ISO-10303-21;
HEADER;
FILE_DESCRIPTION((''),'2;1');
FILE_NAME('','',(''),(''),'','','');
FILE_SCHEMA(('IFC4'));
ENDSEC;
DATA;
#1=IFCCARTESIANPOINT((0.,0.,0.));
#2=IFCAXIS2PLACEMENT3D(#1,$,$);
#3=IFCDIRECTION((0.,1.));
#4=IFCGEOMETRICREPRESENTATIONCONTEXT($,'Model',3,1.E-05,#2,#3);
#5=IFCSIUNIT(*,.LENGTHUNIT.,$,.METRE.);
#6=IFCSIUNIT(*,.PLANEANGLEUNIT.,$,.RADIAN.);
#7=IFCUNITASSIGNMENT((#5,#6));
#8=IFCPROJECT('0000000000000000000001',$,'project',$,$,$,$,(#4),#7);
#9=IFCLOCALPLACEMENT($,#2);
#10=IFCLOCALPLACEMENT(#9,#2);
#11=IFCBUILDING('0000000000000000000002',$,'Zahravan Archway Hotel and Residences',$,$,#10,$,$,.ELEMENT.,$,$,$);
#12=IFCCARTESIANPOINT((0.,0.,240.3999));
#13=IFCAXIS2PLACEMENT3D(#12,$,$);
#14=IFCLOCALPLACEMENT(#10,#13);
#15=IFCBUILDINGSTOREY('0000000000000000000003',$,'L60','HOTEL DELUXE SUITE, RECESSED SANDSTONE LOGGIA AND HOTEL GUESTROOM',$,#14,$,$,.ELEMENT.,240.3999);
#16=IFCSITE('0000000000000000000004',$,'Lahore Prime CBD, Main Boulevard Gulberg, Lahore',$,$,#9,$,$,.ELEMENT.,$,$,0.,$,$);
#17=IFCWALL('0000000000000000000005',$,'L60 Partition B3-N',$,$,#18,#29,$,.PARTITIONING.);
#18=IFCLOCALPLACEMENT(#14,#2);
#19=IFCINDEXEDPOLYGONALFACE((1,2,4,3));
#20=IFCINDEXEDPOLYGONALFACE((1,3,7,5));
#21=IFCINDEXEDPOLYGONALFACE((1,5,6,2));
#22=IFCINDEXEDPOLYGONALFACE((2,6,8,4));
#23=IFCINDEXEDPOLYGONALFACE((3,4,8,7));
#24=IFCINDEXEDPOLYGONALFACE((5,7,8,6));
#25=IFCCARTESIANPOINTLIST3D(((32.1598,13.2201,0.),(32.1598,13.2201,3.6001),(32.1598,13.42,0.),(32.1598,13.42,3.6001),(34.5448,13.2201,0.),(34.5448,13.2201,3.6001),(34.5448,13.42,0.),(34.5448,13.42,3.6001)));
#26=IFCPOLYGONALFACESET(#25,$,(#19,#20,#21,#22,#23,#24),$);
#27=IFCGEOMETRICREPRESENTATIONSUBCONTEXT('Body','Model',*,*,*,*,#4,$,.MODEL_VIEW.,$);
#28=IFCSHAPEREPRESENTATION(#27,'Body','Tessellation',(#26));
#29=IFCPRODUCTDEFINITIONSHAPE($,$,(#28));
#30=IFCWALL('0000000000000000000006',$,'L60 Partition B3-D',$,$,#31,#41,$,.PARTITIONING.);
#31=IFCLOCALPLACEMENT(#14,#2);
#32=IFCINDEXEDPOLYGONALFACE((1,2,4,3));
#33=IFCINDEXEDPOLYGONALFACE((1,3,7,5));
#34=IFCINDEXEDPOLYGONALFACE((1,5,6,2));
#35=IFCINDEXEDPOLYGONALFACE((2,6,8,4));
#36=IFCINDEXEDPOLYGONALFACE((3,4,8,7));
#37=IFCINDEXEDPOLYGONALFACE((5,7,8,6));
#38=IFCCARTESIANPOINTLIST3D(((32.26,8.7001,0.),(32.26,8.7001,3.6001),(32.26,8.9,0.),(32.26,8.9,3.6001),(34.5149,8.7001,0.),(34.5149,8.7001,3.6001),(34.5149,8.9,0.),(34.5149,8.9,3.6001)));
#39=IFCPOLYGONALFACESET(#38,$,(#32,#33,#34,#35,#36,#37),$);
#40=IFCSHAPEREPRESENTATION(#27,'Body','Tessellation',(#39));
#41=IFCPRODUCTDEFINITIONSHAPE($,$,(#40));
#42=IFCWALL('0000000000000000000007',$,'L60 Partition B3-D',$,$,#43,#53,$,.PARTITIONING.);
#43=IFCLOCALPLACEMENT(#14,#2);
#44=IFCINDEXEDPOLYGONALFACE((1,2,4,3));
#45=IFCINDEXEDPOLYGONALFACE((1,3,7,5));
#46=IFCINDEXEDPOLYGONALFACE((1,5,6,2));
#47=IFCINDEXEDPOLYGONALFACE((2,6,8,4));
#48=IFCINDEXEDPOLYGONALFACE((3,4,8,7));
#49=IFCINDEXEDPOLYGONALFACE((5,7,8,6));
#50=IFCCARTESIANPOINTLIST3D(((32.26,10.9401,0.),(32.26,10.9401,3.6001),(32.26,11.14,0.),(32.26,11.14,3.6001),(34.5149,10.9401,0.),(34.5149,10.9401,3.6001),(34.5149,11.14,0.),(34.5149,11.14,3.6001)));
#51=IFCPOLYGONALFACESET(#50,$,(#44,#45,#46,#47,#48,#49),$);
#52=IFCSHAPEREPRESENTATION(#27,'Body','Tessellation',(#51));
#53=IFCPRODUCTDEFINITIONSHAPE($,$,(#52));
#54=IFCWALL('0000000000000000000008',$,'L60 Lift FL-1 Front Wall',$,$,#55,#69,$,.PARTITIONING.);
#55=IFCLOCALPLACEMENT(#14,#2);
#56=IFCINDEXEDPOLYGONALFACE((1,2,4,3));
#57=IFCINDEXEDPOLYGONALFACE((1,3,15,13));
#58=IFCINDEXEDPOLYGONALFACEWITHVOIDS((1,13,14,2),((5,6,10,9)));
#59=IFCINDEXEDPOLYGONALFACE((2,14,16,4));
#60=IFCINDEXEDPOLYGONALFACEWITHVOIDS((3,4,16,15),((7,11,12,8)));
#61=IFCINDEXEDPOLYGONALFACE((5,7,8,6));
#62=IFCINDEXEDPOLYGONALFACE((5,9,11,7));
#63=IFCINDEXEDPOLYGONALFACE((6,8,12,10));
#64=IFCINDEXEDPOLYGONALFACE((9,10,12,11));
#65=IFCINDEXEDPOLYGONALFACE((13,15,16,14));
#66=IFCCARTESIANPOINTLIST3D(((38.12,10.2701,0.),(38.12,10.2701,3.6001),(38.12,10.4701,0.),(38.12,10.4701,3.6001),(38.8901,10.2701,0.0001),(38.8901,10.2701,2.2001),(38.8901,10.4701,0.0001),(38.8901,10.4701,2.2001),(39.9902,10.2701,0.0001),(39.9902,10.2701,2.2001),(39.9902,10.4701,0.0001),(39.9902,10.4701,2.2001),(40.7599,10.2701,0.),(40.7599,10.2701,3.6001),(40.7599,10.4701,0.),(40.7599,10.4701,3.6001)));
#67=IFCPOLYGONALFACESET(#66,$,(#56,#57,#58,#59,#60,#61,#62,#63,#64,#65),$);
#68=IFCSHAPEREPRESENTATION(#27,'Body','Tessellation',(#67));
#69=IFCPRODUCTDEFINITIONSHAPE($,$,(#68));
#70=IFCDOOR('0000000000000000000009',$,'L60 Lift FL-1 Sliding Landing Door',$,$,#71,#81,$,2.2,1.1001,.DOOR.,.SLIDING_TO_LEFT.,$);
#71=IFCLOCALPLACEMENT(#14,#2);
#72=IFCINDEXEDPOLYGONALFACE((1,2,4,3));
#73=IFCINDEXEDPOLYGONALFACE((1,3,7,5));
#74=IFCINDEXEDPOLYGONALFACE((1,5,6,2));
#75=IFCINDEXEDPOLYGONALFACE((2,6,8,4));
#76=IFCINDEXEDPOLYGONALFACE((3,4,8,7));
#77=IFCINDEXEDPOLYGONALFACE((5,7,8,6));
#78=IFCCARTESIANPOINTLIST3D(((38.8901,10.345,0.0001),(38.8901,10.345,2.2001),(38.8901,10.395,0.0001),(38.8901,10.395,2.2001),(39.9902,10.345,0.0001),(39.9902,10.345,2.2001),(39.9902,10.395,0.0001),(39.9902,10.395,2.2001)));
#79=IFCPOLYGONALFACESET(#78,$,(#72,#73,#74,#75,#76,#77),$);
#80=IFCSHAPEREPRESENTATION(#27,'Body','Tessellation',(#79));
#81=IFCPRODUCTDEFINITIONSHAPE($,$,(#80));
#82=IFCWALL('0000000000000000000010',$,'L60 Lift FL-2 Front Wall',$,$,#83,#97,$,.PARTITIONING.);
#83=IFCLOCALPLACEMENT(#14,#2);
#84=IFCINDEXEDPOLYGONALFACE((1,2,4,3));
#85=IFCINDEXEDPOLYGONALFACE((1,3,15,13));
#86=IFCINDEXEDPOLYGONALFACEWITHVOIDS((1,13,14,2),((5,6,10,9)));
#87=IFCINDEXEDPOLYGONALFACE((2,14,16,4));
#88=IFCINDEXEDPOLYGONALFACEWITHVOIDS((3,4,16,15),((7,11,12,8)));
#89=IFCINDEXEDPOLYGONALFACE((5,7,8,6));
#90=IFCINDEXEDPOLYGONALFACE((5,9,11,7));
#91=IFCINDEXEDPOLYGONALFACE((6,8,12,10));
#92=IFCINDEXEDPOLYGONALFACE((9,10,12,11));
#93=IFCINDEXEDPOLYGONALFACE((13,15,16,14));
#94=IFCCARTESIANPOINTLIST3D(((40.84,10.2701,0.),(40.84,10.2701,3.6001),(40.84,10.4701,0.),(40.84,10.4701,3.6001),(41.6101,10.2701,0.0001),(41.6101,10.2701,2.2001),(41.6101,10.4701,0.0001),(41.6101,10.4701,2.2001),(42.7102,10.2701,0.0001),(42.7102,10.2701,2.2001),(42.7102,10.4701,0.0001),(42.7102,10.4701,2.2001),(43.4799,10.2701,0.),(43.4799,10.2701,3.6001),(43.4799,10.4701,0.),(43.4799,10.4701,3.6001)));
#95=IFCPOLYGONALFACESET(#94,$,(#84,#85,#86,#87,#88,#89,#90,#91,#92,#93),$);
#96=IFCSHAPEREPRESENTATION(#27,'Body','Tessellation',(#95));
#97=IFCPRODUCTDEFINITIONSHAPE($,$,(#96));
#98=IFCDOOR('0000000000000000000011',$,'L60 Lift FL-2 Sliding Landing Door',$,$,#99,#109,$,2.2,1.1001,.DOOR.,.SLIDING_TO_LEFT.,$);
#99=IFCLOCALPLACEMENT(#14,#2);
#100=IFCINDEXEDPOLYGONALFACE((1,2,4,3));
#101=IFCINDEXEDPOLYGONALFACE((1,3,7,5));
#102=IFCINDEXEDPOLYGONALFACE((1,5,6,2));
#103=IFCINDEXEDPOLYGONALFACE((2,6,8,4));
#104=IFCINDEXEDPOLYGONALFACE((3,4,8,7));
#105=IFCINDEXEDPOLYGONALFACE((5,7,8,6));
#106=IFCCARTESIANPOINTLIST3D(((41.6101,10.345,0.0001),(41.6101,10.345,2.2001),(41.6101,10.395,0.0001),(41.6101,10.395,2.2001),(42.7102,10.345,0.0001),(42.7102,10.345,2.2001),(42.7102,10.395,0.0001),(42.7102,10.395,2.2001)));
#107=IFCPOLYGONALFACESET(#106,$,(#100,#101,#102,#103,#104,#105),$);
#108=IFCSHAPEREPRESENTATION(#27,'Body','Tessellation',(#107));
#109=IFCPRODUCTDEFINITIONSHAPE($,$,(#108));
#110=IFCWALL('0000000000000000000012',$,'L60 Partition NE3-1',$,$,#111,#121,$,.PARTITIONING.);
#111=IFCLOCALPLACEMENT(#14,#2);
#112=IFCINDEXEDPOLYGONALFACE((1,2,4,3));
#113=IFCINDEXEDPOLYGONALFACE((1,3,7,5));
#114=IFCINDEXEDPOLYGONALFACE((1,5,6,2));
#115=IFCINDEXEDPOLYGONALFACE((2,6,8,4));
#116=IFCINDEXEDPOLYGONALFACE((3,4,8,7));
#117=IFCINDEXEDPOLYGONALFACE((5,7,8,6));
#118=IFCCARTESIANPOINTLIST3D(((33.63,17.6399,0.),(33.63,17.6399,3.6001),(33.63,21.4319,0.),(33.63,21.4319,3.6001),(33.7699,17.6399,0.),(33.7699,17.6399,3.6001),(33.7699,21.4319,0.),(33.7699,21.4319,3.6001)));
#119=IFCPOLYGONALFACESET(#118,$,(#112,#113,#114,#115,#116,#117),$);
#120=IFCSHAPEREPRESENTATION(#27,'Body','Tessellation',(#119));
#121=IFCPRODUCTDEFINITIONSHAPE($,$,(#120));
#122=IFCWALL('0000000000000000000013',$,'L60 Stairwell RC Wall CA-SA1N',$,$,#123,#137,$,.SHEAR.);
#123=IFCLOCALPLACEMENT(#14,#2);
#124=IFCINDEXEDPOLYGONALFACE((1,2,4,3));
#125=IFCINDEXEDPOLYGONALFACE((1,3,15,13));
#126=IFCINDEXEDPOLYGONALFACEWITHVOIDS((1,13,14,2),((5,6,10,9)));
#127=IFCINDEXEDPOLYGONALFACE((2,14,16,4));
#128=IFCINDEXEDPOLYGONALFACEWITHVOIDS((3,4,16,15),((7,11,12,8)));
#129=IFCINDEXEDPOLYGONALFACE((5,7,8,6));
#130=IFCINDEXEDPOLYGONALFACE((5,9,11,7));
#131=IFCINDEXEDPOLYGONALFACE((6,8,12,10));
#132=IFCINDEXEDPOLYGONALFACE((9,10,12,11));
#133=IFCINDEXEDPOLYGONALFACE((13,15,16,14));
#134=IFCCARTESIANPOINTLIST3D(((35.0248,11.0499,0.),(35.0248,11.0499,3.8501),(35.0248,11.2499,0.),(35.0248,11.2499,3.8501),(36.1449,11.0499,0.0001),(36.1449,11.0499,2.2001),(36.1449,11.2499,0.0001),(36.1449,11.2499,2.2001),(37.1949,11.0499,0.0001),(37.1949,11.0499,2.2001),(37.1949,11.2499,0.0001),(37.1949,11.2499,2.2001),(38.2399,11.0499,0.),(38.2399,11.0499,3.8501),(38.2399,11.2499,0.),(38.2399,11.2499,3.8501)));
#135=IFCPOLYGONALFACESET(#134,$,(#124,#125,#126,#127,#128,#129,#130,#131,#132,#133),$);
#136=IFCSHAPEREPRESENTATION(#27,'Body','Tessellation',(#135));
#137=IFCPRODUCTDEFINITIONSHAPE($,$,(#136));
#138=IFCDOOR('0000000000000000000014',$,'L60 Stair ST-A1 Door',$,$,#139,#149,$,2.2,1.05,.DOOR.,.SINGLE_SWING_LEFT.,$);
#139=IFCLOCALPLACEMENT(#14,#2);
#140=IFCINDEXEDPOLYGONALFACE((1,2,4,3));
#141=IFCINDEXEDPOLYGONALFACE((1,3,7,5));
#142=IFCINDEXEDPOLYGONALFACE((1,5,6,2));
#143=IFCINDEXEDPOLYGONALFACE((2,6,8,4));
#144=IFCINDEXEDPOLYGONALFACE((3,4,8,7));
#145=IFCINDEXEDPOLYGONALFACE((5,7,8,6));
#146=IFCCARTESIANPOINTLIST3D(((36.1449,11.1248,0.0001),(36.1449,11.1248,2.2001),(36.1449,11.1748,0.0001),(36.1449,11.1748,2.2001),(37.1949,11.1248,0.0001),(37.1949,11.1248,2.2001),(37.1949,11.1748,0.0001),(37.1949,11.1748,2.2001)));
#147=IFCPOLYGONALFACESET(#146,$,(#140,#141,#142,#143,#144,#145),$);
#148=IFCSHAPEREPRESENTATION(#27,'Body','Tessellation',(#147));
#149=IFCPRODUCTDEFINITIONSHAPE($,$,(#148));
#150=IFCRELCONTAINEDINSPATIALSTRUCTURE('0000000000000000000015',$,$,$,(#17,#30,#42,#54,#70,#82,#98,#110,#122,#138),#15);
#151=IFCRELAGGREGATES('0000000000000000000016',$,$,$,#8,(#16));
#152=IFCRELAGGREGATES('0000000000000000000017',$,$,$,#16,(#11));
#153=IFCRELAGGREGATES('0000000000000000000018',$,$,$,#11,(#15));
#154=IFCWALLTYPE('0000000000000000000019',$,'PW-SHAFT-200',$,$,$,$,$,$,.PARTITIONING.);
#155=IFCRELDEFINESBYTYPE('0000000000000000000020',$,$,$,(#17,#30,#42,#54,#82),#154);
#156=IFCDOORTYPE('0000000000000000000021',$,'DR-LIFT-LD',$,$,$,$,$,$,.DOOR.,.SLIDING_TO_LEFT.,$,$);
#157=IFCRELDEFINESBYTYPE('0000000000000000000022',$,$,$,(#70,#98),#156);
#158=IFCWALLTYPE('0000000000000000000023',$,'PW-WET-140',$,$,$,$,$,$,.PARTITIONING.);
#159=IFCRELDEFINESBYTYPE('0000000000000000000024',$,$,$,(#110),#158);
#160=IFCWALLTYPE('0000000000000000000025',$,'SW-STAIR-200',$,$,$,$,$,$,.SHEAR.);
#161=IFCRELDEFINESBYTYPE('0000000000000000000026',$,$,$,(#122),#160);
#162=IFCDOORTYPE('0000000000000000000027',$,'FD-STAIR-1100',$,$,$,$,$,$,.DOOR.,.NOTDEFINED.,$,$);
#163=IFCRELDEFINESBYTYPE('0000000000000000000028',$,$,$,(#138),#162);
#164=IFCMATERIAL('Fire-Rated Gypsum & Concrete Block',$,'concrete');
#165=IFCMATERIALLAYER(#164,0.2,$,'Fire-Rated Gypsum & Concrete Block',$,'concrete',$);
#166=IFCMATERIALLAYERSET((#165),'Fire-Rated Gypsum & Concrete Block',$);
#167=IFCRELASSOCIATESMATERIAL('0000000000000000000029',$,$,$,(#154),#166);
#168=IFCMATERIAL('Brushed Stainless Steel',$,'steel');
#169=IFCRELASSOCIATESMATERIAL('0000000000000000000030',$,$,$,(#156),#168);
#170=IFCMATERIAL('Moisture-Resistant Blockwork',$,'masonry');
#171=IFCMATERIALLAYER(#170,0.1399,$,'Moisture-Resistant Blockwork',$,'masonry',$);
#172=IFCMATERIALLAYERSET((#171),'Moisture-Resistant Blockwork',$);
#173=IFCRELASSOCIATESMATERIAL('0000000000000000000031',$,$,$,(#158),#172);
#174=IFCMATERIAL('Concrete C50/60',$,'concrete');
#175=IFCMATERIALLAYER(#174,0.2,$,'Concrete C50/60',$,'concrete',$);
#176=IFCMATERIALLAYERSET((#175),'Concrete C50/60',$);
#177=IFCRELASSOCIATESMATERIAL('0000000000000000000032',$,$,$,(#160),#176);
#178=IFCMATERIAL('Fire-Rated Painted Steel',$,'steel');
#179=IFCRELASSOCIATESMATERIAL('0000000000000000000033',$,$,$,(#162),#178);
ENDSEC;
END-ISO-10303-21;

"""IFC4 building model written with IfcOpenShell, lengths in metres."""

from ifc_helpers import new_model, si_unit, direction, frame, frame_2d, origin, place, context, subcontext, project, spatial, rectangle, extrude, source, transform, mapped, material, layer, layer_set, type_object, type_shapes, element, fill, save


model = new_model("IFC4")

# Units and contexts
model_context = context("Model", 3, precision=1e-05, world=origin(), true_north=direction((0.0, 1.0)))
body_context = subcontext(model_context, "Body", "Model", "MODEL_VIEW")
ifc_project = project(units=[si_unit("LENGTHUNIT", "METRE"), si_unit("PLANEANGLEUNIT", "RADIAN")], contexts=[model_context])

# Site, building, storey
site_placement = place(None, origin())
site = spatial("IfcSite", under=ifc_project, at=site_placement, Name="Lahore Prime CBD, Main Boulevard Gulberg, Lahore", CompositionType="ELEMENT", RefElevation=0.0)
building_placement = place(site_placement, origin())
building = spatial("IfcBuilding", under=site, at=building_placement, Name="Zahravan Archway Hotel and Residences", CompositionType="ELEMENT")
storey_placement = place(building_placement, frame((0.0, 0.0, 240.3999)))
storey = spatial("IfcBuildingStorey", under=building, at=storey_placement, Name="L60", Description="HOTEL DELUXE SUITE, RECESSED SANDSTONE LOGGIA AND HOTEL GUESTROOM", CompositionType="ELEMENT", Elevation=240.3999)

# Shared definitions
ifc_material_1 = material(Name="Concrete C50/60", Category="concrete")
ifc_material_2 = material(Name="Fire-Rated Painted Steel", Category="steel")

# Shared definitions
ifc_material_3 = material(Name="Fire-Rated Gypsum & Concrete Block", Category="concrete")

# Walls
ifc_layer_1 = layer(ifc_material_3, 0.2, Name="Fire-Rated Gypsum & Concrete Block", Category="concrete")
ifc_layer_set_1 = layer_set([ifc_layer_1], Name="Fire-Rated Gypsum & Concrete Block")
wall_type_1 = type_object("IfcWallType", Name="PW-SHAFT-200", PredefinedType="PARTITIONING", material=ifc_layer_set_1)
wall_1_placement = place(storey_placement, frame((32.1599, 13.3201, 0.0), z_axis=(0.0, 0.0, 1.0), x_axis=(1.0, 0.0, 0.0)))
element("IfcWall", 1, at=wall_1_placement, inside=storey, type_object=wall_type_1, Name="L60 Partition B3-N", PredefinedType="PARTITIONING", context=body_context, shape_type="SweptSolid", body=[
    extrude(rectangle(XDim=2.385, YDim=0.2, at=frame_2d((1.1924, 0.0))), origin(), (0.0, 0.0, 1.0), 3.6001),
])
for number, where, z_axis, x_axis, name in (
    (2, (32.26, 8.8, 0.0), (0.0, 0.0, 1.0), (1.0, 0.0, 0.0), "L60 Partition B3-D"),
    (3, (32.26, 11.04, 0.0), (0.0, 0.0, 1.0), (1.0, 0.0, 0.0), "L60 Partition B3-D"),
):
    element("IfcWall", number, at=place(storey_placement, frame(where, z_axis=z_axis, x_axis=x_axis)), inside=storey, type_object=wall_type_1, Name=name, PredefinedType="PARTITIONING", context=body_context, shape_type="SweptSolid", body=[
        extrude(rectangle(XDim=2.2549, YDim=0.2, at=frame_2d((1.1274, 0.0))), origin(), (0.0, 0.0, 1.0), 3.6001),
    ])

# Walls, openings, doors
wall_2_placement = place(storey_placement, frame((38.1201, 10.3701, 0.0), z_axis=(0.0, 0.0, 1.0), x_axis=(1.0, 0.0, 0.0)))
wall_2 = element("IfcWall", 4, at=wall_2_placement, inside=storey, type_object=wall_type_1, Name="L60 Lift FL-1 Front Wall", PredefinedType="PARTITIONING", context=body_context, shape_type="SweptSolid", body=[
    extrude(rectangle(XDim=2.6399, YDim=0.2, at=frame_2d((1.3198, 0.0))), origin(), (0.0, 0.0, 1.0), 3.6001),
])
opening_1_placement = place(wall_2_placement, frame((0.77, 0.0, 0.0)))
opening_1 = element("IfcOpeningElement", 5, at=opening_1_placement, cuts=wall_2, PredefinedType="OPENING", context=body_context, shape_type="SweptSolid", body=[
    extrude(rectangle(XDim=1.1001, YDim=2.2, at=frame_2d((0.55, 1.1001))), frame((0.0, 0.1099, 0.0), z_axis=(0.0, -1.0, 0.0), x_axis=(1.0, 0.0, 0.0)), (0.0, 0.0, 1.0), 0.22),
])
ifc_material_4 = material(Name="Brushed Stainless Steel", Category="steel")
door_type_1 = type_object("IfcDoorType", Name="DR-LIFT-LD", OperationType="SLIDING_TO_LEFT", PredefinedType="DOOR", material=ifc_material_4)
shared_shape_1 = source(origin(), body_context, "Body", "SweptSolid", [
    extrude(rectangle(XDim=1.1001, YDim=2.2, at=frame_2d((0.55, 1.1001))), frame((0.0, 0.0249, 0.0), z_axis=(0.0, -1.0, 0.0), x_axis=(1.0, 0.0, 0.0)), (0.0, 0.0, 1.0), 0.05),
])
type_shapes(door_type_1, [shared_shape_1])
door_1_placement = place(opening_1_placement, origin())
door_1 = element("IfcDoor", 6, at=door_1_placement, inside=storey, type_object=door_type_1, Name="L60 Lift FL-1 Sliding Landing Door", OperationType="SLIDING_TO_LEFT", OverallHeight=2.2, OverallWidth=1.1001, PredefinedType="DOOR", context=body_context, shape_type="MappedRepresentation", body=[
    mapped(shared_shape_1, transform((0.0, 0.0, 0.0), scale=1.0)),
])
fill(opening_1, door_1)
wall_3_placement = place(storey_placement, frame((40.8401, 10.3701, 0.0), z_axis=(0.0, 0.0, 1.0), x_axis=(1.0, 0.0, 0.0)))
wall_3 = element("IfcWall", 7, at=wall_3_placement, inside=storey, type_object=wall_type_1, Name="L60 Lift FL-2 Front Wall", PredefinedType="PARTITIONING", context=body_context, shape_type="SweptSolid", body=[
    extrude(rectangle(XDim=2.6399, YDim=0.2, at=frame_2d((1.3198, 0.0))), origin(), (0.0, 0.0, 1.0), 3.6001),
])
opening_2_placement = place(wall_3_placement, frame((0.77, 0.0, 0.0)))
opening_2 = element("IfcOpeningElement", 8, at=opening_2_placement, cuts=wall_3, PredefinedType="OPENING", context=body_context, shape_type="SweptSolid", body=[
    extrude(rectangle(XDim=1.1001, YDim=2.2, at=frame_2d((0.55, 1.1001))), frame((0.0, 0.1099, 0.0), z_axis=(0.0, -1.0, 0.0), x_axis=(1.0, 0.0, 0.0)), (0.0, 0.0, 1.0), 0.22),
])
door_2_placement = place(opening_2_placement, origin())
door_2 = element("IfcDoor", 9, at=door_2_placement, inside=storey, type_object=door_type_1, Name="L60 Lift FL-2 Sliding Landing Door", OperationType="SLIDING_TO_LEFT", OverallHeight=2.2, OverallWidth=1.1001, PredefinedType="DOOR", context=body_context, shape_type="MappedRepresentation", body=[
    mapped(shared_shape_1, transform((0.0, 0.0, 0.0), scale=1.0)),
])
fill(opening_2, door_2)

# Wall
ifc_material_5 = material(Name="Moisture-Resistant Blockwork", Category="masonry")
ifc_layer_2 = layer(ifc_material_5, 0.1399, Name="Moisture-Resistant Blockwork", Category="masonry")
ifc_layer_set_2 = layer_set([ifc_layer_2], Name="Moisture-Resistant Blockwork")
wall_type_2 = type_object("IfcWallType", Name="PW-WET-140", PredefinedType="PARTITIONING", material=ifc_layer_set_2)
wall_4_placement = place(storey_placement, frame((33.7, 17.6399, 0.0), z_axis=(0.0, 0.0, 1.0), x_axis=(0.0, 1.0, 0.0)))
element("IfcWall", 10, at=wall_4_placement, inside=storey, type_object=wall_type_2, Name="L60 Partition NE3-1", PredefinedType="PARTITIONING", context=body_context, shape_type="SweptSolid", body=[
    extrude(rectangle(XDim=3.792, YDim=0.1399, at=frame_2d((1.896, 0.0))), origin(), (0.0, 0.0, 1.0), 3.6001),
])

# Wall, opening, door
ifc_layer_3 = layer(ifc_material_1, 0.2, Name="Concrete C50/60", Category="concrete")
ifc_layer_set_3 = layer_set([ifc_layer_3], Name="Concrete C50/60")
wall_type_3 = type_object("IfcWallType", Name="SW-STAIR-200", PredefinedType="SHEAR", material=ifc_layer_set_3)
wall_5_placement = place(storey_placement, frame((35.0249, 11.1499, 0.0), z_axis=(0.0, 0.0, 1.0), x_axis=(1.0, 0.0, 0.0)))
wall_5 = element("IfcWall", 11, at=wall_5_placement, inside=storey, type_object=wall_type_3, Name="L60 Stairwell RC Wall CA-SA1N", PredefinedType="SHEAR", context=body_context, shape_type="SweptSolid", body=[
    extrude(rectangle(XDim=3.2151, YDim=0.2, at=frame_2d((1.6074, 0.0))), origin(), (0.0, 0.0, 1.0), 3.8501),
])
opening_3_placement = place(wall_5_placement, frame((1.1201, 0.0, 0.0)))
opening_3 = element("IfcOpeningElement", 12, at=opening_3_placement, cuts=wall_5, PredefinedType="OPENING", context=body_context, shape_type="SweptSolid", body=[
    extrude(rectangle(XDim=1.05, YDim=2.2, at=frame_2d((0.5249, 1.1001))), frame((0.0, 0.1099, 0.0), z_axis=(0.0, -1.0, 0.0), x_axis=(1.0, 0.0, 0.0)), (0.0, 0.0, 1.0), 0.22),
])
door_type_2 = type_object("IfcDoorType", Name="FD-STAIR-1100", OperationType="NOTDEFINED", PredefinedType="DOOR", material=ifc_material_2)
shared_shape_2 = source(origin(), body_context, "Body", "SweptSolid", [
    extrude(rectangle(XDim=1.05, YDim=2.2, at=frame_2d((0.5249, 1.1001))), frame((0.0, 0.0249, 0.0), z_axis=(0.0, -1.0, 0.0), x_axis=(1.0, 0.0, 0.0)), (0.0, 0.0, 1.0), 0.05),
])
type_shapes(door_type_2, [shared_shape_2])
door_3_placement = place(opening_3_placement, origin())
door_3 = element("IfcDoor", 13, at=door_3_placement, inside=storey, type_object=door_type_2, Name="L60 Stair ST-A1 Door", OperationType="SINGLE_SWING_LEFT", OverallHeight=2.2, OverallWidth=1.05, PredefinedType="DOOR", context=body_context, shape_type="MappedRepresentation", body=[
    mapped(shared_shape_2, transform((0.0, 0.0, 0.0), scale=1.0)),
])
fill(opening_3, door_3)

save(model, "model.ifc")
